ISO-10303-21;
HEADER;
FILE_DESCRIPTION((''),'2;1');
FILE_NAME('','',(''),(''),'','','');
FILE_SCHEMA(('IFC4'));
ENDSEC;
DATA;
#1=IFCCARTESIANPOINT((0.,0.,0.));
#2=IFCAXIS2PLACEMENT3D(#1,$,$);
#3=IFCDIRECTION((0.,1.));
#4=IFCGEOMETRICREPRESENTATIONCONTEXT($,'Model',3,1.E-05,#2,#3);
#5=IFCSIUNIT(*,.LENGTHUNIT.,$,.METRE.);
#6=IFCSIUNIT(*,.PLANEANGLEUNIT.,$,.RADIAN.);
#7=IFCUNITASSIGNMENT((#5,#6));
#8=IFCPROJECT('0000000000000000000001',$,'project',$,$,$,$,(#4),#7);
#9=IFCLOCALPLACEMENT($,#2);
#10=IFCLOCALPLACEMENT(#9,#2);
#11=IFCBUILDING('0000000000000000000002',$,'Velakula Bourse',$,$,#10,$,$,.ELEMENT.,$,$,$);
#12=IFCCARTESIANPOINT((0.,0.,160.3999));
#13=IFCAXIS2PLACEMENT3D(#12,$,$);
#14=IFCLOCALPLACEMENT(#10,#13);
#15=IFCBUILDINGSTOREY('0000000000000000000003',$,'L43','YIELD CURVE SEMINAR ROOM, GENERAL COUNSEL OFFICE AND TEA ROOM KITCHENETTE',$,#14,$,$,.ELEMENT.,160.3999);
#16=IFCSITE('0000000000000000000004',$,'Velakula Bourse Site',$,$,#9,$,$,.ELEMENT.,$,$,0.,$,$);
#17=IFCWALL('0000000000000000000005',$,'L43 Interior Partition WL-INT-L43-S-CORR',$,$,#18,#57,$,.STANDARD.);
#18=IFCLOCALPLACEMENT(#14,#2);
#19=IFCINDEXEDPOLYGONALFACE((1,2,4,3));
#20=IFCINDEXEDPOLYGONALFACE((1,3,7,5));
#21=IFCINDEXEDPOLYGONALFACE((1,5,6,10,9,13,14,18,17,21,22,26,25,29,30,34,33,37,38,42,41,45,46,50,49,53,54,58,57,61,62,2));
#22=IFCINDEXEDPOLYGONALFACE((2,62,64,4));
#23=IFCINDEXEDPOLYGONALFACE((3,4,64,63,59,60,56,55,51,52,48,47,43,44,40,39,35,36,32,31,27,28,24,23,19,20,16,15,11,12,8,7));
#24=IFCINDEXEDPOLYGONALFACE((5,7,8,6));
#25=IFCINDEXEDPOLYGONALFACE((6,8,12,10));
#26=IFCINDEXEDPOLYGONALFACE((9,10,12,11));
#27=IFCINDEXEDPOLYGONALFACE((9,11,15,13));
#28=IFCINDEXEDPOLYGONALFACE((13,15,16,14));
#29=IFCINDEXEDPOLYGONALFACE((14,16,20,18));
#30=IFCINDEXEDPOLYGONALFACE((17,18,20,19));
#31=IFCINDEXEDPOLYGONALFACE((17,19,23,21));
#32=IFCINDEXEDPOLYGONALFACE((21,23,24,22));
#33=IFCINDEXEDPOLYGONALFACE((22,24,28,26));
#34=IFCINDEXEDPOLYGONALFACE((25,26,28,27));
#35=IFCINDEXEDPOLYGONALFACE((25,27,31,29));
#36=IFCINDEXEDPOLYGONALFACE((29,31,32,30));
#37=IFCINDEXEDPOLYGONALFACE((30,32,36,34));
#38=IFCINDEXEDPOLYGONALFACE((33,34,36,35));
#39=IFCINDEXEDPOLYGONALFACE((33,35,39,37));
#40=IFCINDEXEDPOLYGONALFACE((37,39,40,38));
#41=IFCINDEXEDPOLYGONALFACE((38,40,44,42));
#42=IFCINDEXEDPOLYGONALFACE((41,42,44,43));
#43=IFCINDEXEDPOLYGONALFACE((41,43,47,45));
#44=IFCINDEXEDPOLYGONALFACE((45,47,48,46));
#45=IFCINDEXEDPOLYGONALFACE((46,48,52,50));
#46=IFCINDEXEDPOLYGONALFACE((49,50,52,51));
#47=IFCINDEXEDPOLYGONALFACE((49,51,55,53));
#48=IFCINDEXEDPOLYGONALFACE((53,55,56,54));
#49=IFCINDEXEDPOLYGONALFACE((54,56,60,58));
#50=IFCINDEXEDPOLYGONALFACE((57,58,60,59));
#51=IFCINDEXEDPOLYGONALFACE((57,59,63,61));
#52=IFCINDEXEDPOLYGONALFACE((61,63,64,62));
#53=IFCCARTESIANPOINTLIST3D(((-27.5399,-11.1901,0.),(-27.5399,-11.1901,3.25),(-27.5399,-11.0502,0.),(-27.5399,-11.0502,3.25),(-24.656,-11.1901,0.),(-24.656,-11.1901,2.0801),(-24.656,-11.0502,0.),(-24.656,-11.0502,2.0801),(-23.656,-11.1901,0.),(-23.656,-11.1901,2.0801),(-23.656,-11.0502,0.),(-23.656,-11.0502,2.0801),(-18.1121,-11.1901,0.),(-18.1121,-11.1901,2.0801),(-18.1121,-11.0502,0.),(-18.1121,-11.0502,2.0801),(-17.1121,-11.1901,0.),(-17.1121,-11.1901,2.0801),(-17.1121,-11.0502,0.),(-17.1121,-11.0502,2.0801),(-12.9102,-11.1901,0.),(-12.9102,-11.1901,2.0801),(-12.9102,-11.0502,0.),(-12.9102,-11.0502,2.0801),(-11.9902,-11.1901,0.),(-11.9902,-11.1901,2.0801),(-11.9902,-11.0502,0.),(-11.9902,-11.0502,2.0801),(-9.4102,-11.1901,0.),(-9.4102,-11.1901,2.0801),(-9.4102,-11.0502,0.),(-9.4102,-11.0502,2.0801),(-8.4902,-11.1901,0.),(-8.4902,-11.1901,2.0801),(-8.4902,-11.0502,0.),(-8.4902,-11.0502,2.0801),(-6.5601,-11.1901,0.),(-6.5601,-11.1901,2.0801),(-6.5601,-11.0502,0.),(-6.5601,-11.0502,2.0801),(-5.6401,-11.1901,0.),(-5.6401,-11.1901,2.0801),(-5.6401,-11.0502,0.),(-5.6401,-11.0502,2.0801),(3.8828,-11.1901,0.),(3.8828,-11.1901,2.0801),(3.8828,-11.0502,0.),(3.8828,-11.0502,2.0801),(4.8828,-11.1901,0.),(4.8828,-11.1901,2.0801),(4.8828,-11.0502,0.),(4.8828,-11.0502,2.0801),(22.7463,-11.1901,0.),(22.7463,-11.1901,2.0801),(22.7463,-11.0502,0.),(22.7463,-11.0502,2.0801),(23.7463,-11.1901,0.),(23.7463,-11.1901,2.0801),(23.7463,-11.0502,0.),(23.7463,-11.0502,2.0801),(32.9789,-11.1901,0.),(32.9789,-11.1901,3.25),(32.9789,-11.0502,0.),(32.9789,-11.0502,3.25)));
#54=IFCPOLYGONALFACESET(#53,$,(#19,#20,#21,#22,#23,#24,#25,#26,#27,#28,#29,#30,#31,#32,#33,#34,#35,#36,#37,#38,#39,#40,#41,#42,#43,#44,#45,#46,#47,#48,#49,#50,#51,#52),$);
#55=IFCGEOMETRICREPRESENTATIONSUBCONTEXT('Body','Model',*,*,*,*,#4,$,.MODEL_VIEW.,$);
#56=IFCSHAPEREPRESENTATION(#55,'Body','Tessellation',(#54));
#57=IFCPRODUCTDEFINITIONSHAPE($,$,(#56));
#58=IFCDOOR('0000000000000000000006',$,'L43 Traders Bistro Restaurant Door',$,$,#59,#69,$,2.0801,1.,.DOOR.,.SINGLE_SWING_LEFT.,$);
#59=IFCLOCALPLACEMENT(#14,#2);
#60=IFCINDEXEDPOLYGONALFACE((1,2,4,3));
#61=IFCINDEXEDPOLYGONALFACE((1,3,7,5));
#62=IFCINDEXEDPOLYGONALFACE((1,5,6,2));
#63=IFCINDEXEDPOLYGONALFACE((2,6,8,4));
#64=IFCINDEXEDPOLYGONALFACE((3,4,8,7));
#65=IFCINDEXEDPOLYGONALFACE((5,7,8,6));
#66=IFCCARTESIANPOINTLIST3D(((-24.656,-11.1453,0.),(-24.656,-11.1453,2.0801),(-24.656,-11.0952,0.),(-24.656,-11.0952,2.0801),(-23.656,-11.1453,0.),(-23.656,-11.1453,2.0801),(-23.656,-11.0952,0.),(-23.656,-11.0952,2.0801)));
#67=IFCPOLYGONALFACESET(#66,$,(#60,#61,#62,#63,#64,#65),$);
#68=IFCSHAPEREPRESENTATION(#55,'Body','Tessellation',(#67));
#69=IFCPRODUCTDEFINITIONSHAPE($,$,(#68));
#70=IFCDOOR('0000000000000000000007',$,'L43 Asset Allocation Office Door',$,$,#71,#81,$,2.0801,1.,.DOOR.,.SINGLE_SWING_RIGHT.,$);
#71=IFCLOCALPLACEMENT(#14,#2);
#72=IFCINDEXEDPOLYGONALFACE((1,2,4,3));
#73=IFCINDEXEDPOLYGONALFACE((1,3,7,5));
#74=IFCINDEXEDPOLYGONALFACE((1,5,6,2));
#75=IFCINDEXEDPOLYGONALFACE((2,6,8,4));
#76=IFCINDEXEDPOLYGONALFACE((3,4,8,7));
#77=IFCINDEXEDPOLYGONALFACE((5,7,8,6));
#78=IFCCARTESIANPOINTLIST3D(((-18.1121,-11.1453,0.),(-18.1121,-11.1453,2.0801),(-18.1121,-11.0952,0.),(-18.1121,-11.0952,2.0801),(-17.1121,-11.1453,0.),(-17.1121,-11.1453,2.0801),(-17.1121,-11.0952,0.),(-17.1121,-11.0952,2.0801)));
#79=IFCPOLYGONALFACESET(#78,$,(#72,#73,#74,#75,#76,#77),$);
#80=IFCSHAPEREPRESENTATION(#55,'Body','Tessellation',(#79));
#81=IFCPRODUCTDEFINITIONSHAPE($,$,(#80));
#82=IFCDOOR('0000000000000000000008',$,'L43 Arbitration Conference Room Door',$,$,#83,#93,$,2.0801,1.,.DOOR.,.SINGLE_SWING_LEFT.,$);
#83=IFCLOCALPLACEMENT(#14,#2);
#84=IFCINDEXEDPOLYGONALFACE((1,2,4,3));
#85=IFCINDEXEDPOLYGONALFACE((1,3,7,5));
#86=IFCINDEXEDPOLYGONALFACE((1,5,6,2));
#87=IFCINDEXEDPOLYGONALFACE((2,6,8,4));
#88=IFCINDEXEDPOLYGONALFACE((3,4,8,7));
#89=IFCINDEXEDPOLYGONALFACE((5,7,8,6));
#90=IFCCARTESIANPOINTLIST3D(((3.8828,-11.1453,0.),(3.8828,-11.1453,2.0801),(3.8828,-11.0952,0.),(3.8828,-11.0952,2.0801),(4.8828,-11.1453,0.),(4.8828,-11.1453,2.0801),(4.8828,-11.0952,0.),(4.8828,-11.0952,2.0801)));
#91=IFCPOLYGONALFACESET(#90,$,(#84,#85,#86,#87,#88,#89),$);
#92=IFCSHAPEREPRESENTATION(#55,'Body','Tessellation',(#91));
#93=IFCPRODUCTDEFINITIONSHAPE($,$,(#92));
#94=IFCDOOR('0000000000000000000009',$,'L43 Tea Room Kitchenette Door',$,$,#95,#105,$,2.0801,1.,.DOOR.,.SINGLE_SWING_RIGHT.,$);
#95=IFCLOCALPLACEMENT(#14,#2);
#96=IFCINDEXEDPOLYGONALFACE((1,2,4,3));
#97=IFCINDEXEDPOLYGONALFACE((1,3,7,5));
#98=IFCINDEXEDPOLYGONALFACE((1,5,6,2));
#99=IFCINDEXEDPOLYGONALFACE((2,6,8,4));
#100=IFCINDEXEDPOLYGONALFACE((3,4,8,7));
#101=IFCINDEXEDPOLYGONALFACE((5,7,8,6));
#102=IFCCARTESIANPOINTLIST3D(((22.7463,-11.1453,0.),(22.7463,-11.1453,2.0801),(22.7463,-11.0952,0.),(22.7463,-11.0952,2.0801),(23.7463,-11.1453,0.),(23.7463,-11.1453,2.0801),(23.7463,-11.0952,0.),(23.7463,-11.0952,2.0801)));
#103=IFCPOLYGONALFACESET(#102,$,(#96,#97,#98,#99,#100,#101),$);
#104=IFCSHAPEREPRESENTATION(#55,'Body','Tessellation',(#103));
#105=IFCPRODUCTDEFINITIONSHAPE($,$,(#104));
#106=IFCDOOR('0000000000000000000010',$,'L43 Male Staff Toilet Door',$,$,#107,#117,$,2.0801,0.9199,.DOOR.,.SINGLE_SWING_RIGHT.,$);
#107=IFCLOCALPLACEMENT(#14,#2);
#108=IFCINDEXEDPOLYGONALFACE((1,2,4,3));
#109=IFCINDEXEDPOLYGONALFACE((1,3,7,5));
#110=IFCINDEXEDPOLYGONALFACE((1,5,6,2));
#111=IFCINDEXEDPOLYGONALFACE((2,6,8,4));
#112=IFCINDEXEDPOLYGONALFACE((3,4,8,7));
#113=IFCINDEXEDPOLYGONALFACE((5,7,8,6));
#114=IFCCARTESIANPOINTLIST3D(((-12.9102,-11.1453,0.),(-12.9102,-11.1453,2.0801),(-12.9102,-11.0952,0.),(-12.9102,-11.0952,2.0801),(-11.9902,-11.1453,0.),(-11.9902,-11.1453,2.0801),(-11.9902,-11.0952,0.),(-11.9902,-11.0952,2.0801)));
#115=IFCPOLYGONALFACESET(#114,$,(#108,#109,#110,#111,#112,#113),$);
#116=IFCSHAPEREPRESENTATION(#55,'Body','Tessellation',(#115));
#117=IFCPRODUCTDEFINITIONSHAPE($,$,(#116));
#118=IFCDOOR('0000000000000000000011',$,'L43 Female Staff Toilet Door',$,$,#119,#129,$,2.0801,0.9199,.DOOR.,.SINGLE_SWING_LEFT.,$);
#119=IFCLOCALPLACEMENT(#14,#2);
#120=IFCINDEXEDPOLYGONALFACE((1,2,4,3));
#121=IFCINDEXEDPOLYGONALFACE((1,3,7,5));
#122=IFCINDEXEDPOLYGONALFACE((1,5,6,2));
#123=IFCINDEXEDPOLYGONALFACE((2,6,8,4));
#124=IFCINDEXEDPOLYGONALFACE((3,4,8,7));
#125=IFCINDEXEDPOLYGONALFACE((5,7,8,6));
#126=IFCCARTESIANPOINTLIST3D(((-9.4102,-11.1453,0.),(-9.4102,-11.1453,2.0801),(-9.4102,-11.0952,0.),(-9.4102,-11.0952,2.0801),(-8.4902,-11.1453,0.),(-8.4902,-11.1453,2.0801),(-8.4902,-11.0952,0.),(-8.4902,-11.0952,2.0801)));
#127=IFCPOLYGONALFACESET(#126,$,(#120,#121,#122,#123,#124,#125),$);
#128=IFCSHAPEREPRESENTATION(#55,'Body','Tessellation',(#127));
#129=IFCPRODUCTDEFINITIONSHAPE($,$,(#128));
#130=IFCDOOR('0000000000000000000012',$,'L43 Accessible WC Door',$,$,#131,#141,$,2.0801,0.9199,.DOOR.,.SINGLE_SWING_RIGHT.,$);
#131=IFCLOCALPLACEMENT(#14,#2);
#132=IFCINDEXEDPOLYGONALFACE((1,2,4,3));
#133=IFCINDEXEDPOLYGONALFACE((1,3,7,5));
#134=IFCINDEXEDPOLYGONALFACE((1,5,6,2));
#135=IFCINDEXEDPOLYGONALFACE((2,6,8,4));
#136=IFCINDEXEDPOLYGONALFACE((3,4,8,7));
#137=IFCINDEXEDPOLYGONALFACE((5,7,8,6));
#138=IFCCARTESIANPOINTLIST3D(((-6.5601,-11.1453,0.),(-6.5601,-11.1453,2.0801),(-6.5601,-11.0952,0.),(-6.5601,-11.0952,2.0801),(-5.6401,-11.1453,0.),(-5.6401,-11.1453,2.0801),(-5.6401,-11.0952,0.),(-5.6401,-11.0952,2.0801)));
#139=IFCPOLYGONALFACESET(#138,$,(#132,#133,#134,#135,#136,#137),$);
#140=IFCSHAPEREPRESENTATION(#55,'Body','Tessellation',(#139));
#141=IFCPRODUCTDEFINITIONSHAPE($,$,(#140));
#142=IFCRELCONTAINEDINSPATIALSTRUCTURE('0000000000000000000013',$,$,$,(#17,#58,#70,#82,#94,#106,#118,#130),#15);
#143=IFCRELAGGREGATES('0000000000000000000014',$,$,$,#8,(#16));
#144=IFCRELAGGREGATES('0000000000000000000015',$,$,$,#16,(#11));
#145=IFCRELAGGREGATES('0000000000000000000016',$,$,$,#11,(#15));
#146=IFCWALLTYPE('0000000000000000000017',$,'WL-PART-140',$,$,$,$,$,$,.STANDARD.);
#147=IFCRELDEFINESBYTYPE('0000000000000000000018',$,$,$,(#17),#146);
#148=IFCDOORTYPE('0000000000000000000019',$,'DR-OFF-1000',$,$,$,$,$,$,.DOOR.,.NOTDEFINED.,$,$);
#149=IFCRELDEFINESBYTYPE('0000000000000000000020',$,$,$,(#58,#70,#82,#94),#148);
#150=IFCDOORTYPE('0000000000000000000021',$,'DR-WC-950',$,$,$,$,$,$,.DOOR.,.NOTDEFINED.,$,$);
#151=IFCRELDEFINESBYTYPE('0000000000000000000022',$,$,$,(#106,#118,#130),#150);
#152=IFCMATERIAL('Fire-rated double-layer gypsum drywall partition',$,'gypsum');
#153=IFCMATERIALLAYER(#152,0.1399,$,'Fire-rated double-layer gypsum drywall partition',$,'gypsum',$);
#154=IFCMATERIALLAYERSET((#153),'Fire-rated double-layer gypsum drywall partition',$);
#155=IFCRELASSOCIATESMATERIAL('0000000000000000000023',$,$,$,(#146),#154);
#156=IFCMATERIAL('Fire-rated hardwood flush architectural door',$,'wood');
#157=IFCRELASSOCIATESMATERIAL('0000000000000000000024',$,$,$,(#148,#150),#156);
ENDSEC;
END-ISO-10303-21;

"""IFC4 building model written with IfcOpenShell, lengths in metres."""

from ifc_helpers import new_model, si_unit, direction, frame, frame_2d, origin, place, context, subcontext, project, spatial, rectangle, extrude, material, layer, layer_set, type_object, element, fill, save


model = new_model("IFC4")

# Units and contexts
model_context = context("Model", 3, precision=1e-05, world=origin(), true_north=direction((0.0, 1.0)))
body_context = subcontext(model_context, "Body", "Model", "MODEL_VIEW")
ifc_project = project(units=[si_unit("LENGTHUNIT", "METRE"), si_unit("PLANEANGLEUNIT", "RADIAN")], contexts=[model_context])

# Site, building, storey
site_placement = place(None, origin())
site = spatial("IfcSite", under=ifc_project, at=site_placement, Name="Velakula Bourse Site", CompositionType="ELEMENT", RefElevation=0.0)
building_placement = place(site_placement, origin())
building = spatial("IfcBuilding", under=site, at=building_placement, Name="Velakula Bourse", CompositionType="ELEMENT")
storey_placement = place(building_placement, frame((0.0, 0.0, 160.3999)))
storey = spatial("IfcBuildingStorey", under=building, at=storey_placement, Name="L43", Description="YIELD CURVE SEMINAR ROOM, GENERAL COUNSEL OFFICE AND TEA ROOM KITCHENETTE", CompositionType="ELEMENT", Elevation=160.3999)

# Wall, openings, doors
ifc_material_1 = material(Name="Fire-rated double-layer gypsum drywall partition", Category="gypsum")
ifc_layer_1 = layer(ifc_material_1, 0.1399, Name="Fire-rated double-layer gypsum drywall partition", Category="gypsum")
ifc_layer_set_1 = layer_set([ifc_layer_1], Name="Fire-rated double-layer gypsum drywall partition")
wall_type_1 = type_object("IfcWallType", Name="WL-PART-140", PredefinedType="STANDARD", material=ifc_layer_set_1)
wall_1_placement = place(storey_placement, frame((-27.5398, -11.1201, 0.0), z_axis=(0.0, 0.0, 1.0), x_axis=(1.0, 0.0, 0.0)))
wall_1 = element("IfcWall", 1, at=wall_1_placement, inside=storey, type_object=wall_type_1, Name="L43 Interior Partition WL-INT-L43-S-CORR", PredefinedType="STANDARD", context=body_context, shape_type="SweptSolid", body=[
    extrude(rectangle(XDim=60.5188, YDim=0.1399, at=frame_2d((30.2593, 0.0))), origin(), (0.0, 0.0, 1.0), 3.25),
])
opening_1_placement = place(wall_1_placement, frame((14.6296, 0.0, 0.0)))
opening_1 = element("IfcOpeningElement", 2, at=opening_1_placement, cuts=wall_1, PredefinedType="OPENING", context=body_context, shape_type="SweptSolid", body=[
    extrude(rectangle(XDim=0.9199, YDim=2.0801, at=frame_2d((0.46, 1.04))), frame((0.0, 0.0798, 0.0), z_axis=(0.0, -1.0, 0.0), x_axis=(1.0, 0.0, 0.0)), (0.0, 0.0, 1.0), 0.1599),
])
opening_2_placement = place(wall_1_placement, frame((18.1296, 0.0, 0.0)))
opening_2 = element("IfcOpeningElement", 3, at=opening_2_placement, cuts=wall_1, PredefinedType="OPENING", context=body_context, shape_type="SweptSolid", body=[
    extrude(rectangle(XDim=0.9199, YDim=2.0801, at=frame_2d((0.46, 1.04))), frame((0.0, 0.0798, 0.0), z_axis=(0.0, -1.0, 0.0), x_axis=(1.0, 0.0, 0.0)), (0.0, 0.0, 1.0), 0.1599),
])
opening_3_placement = place(wall_1_placement, frame((20.9797, 0.0, 0.0)))
opening_3 = element("IfcOpeningElement", 4, at=opening_3_placement, cuts=wall_1, PredefinedType="OPENING", context=body_context, shape_type="SweptSolid", body=[
    extrude(rectangle(XDim=0.9199, YDim=2.0801, at=frame_2d((0.46, 1.04))), frame((0.0, 0.0798, 0.0), z_axis=(0.0, -1.0, 0.0), x_axis=(1.0, 0.0, 0.0)), (0.0, 0.0, 1.0), 0.1599),
])
opening_4_placement = place(wall_1_placement, frame((2.8838, 0.0, 0.0)))
opening_4 = element("IfcOpeningElement", 5, at=opening_4_placement, cuts=wall_1, PredefinedType="OPENING", context=body_context, shape_type="SweptSolid", body=[
    extrude(rectangle(XDim=1.0, YDim=2.0801, at=frame_2d((0.5, 1.04))), frame((0.0, 0.0798, 0.0), z_axis=(0.0, -1.0, 0.0), x_axis=(1.0, 0.0, 0.0)), (0.0, 0.0, 1.0), 0.1599),
])
opening_5_placement = place(wall_1_placement, frame((9.4277, 0.0, 0.0)))
opening_5 = element("IfcOpeningElement", 6, at=opening_5_placement, cuts=wall_1, PredefinedType="OPENING", context=body_context, shape_type="SweptSolid", body=[
    extrude(rectangle(XDim=1.0, YDim=2.0801, at=frame_2d((0.5, 1.04))), frame((0.0, 0.0798, 0.0), z_axis=(0.0, -1.0, 0.0), x_axis=(1.0, 0.0, 0.0)), (0.0, 0.0, 1.0), 0.1599),
])
opening_6_placement = place(wall_1_placement, frame((31.4226, 0.0, 0.0)))
opening_6 = element("IfcOpeningElement", 7, at=opening_6_placement, cuts=wall_1, PredefinedType="OPENING", context=body_context, shape_type="SweptSolid", body=[
    extrude(rectangle(XDim=1.0, YDim=2.0801, at=frame_2d((0.5, 1.04))), frame((0.0, 0.0798, 0.0), z_axis=(0.0, -1.0, 0.0), x_axis=(1.0, 0.0, 0.0)), (0.0, 0.0, 1.0), 0.1599),
])
opening_7_placement = place(wall_1_placement, frame((50.2861, 0.0, 0.0)))
opening_7 = element("IfcOpeningElement", 8, at=opening_7_placement, cuts=wall_1, PredefinedType="OPENING", context=body_context, shape_type="SweptSolid", body=[
    extrude(rectangle(XDim=1.0, YDim=2.0801, at=frame_2d((0.5, 1.04))), frame((0.0, 0.0798, 0.0), z_axis=(0.0, -1.0, 0.0), x_axis=(1.0, 0.0, 0.0)), (0.0, 0.0, 1.0), 0.1599),
])
ifc_material_2 = material(Name="Fire-rated hardwood flush architectural door", Category="wood")
door_type_1 = type_object("IfcDoorType", Name="DR-OFF-1000", OperationType="NOTDEFINED", PredefinedType="DOOR", material=ifc_material_2)
door_1_placement = place(opening_4_placement, origin())
door_1 = element("IfcDoor", 9, at=door_1_placement, inside=storey, type_object=door_type_1, Name="L43 Traders Bistro Restaurant Door", OperationType="SINGLE_SWING_LEFT", OverallHeight=2.0801, OverallWidth=1.0, PredefinedType="DOOR", context=body_context, shape_type="SweptSolid", body=[
    extrude(rectangle(XDim=1.0, YDim=2.0801, at=frame_2d((0.5, 1.04))), frame((0.0, 0.0249, 0.0), z_axis=(0.0, -1.0, 0.0), x_axis=(1.0, 0.0, 0.0)), (0.0, 0.0, 1.0), 0.05),
])
fill(opening_4, door_1)
door_2_placement = place(opening_5_placement, origin())
door_2 = element("IfcDoor", 10, at=door_2_placement, inside=storey, type_object=door_type_1, Name="L43 Asset Allocation Office Door", OperationType="SINGLE_SWING_RIGHT", OverallHeight=2.0801, OverallWidth=1.0, PredefinedType="DOOR", context=body_context, shape_type="SweptSolid", body=[
    extrude(rectangle(XDim=1.0, YDim=2.0801, at=frame_2d((0.5, 1.04))), frame((0.0, 0.0249, 0.0), z_axis=(0.0, -1.0, 0.0), x_axis=(1.0, 0.0, 0.0)), (0.0, 0.0, 1.0), 0.05),
])
fill(opening_5, door_2)
door_3_placement = place(opening_6_placement, origin())
door_3 = element("IfcDoor", 11, at=door_3_placement, inside=storey, type_object=door_type_1, Name="L43 Arbitration Conference Room Door", OperationType="SINGLE_SWING_LEFT", OverallHeight=2.0801, OverallWidth=1.0, PredefinedType="DOOR", context=body_context, shape_type="SweptSolid", body=[
    extrude(rectangle(XDim=1.0, YDim=2.0801, at=frame_2d((0.5, 1.04))), frame((0.0, 0.0249, 0.0), z_axis=(0.0, -1.0, 0.0), x_axis=(1.0, 0.0, 0.0)), (0.0, 0.0, 1.0), 0.05),
])
fill(opening_6, door_3)
door_4_placement = place(opening_7_placement, origin())
door_4 = element("IfcDoor", 12, at=door_4_placement, inside=storey, type_object=door_type_1, Name="L43 Tea Room Kitchenette Door", OperationType="SINGLE_SWING_RIGHT", OverallHeight=2.0801, OverallWidth=1.0, PredefinedType="DOOR", context=body_context, shape_type="SweptSolid", body=[
    extrude(rectangle(XDim=1.0, YDim=2.0801, at=frame_2d((0.5, 1.04))), frame((0.0, 0.0249, 0.0), z_axis=(0.0, -1.0, 0.0), x_axis=(1.0, 0.0, 0.0)), (0.0, 0.0, 1.0), 0.05),
])
fill(opening_7, door_4)
door_type_2 = type_object("IfcDoorType", Name="DR-WC-950", OperationType="NOTDEFINED", PredefinedType="DOOR", material=ifc_material_2)
door_5_placement = place(opening_1_placement, origin())
door_5 = element("IfcDoor", 13, at=door_5_placement, inside=storey, type_object=door_type_2, Name="L43 Male Staff Toilet Door", OperationType="SINGLE_SWING_RIGHT", OverallHeight=2.0801, OverallWidth=0.9199, PredefinedType="DOOR", context=body_context, shape_type="SweptSolid", body=[
    extrude(rectangle(XDim=0.9199, YDim=2.0801, at=frame_2d((0.46, 1.04))), frame((0.0, 0.0249, 0.0), z_axis=(0.0, -1.0, 0.0), x_axis=(1.0, 0.0, 0.0)), (0.0, 0.0, 1.0), 0.05),
])
fill(opening_1, door_5)
door_6_placement = place(opening_2_placement, origin())
door_6 = element("IfcDoor", 14, at=door_6_placement, inside=storey, type_object=door_type_2, Name="L43 Female Staff Toilet Door", OperationType="SINGLE_SWING_LEFT", OverallHeight=2.0801, OverallWidth=0.9199, PredefinedType="DOOR", context=body_context, shape_type="SweptSolid", body=[
    extrude(rectangle(XDim=0.9199, YDim=2.0801, at=frame_2d((0.46, 1.04))), frame((0.0, 0.0249, 0.0), z_axis=(0.0, -1.0, 0.0), x_axis=(1.0, 0.0, 0.0)), (0.0, 0.0, 1.0), 0.05),
])
fill(opening_2, door_6)
door_7_placement = place(opening_3_placement, origin())
door_7 = element("IfcDoor", 15, at=door_7_placement, inside=storey, type_object=door_type_2, Name="L43 Accessible WC Door", OperationType="SINGLE_SWING_RIGHT", OverallHeight=2.0801, OverallWidth=0.9199, PredefinedType="DOOR", context=body_context, shape_type="SweptSolid", body=[
    extrude(rectangle(XDim=0.9199, YDim=2.0801, at=frame_2d((0.46, 1.04))), frame((0.0, 0.0249, 0.0), z_axis=(0.0, -1.0, 0.0), x_axis=(1.0, 0.0, 0.0)), (0.0, 0.0, 1.0), 0.05),
])
fill(opening_3, door_7)

save(model, "model.ifc")
